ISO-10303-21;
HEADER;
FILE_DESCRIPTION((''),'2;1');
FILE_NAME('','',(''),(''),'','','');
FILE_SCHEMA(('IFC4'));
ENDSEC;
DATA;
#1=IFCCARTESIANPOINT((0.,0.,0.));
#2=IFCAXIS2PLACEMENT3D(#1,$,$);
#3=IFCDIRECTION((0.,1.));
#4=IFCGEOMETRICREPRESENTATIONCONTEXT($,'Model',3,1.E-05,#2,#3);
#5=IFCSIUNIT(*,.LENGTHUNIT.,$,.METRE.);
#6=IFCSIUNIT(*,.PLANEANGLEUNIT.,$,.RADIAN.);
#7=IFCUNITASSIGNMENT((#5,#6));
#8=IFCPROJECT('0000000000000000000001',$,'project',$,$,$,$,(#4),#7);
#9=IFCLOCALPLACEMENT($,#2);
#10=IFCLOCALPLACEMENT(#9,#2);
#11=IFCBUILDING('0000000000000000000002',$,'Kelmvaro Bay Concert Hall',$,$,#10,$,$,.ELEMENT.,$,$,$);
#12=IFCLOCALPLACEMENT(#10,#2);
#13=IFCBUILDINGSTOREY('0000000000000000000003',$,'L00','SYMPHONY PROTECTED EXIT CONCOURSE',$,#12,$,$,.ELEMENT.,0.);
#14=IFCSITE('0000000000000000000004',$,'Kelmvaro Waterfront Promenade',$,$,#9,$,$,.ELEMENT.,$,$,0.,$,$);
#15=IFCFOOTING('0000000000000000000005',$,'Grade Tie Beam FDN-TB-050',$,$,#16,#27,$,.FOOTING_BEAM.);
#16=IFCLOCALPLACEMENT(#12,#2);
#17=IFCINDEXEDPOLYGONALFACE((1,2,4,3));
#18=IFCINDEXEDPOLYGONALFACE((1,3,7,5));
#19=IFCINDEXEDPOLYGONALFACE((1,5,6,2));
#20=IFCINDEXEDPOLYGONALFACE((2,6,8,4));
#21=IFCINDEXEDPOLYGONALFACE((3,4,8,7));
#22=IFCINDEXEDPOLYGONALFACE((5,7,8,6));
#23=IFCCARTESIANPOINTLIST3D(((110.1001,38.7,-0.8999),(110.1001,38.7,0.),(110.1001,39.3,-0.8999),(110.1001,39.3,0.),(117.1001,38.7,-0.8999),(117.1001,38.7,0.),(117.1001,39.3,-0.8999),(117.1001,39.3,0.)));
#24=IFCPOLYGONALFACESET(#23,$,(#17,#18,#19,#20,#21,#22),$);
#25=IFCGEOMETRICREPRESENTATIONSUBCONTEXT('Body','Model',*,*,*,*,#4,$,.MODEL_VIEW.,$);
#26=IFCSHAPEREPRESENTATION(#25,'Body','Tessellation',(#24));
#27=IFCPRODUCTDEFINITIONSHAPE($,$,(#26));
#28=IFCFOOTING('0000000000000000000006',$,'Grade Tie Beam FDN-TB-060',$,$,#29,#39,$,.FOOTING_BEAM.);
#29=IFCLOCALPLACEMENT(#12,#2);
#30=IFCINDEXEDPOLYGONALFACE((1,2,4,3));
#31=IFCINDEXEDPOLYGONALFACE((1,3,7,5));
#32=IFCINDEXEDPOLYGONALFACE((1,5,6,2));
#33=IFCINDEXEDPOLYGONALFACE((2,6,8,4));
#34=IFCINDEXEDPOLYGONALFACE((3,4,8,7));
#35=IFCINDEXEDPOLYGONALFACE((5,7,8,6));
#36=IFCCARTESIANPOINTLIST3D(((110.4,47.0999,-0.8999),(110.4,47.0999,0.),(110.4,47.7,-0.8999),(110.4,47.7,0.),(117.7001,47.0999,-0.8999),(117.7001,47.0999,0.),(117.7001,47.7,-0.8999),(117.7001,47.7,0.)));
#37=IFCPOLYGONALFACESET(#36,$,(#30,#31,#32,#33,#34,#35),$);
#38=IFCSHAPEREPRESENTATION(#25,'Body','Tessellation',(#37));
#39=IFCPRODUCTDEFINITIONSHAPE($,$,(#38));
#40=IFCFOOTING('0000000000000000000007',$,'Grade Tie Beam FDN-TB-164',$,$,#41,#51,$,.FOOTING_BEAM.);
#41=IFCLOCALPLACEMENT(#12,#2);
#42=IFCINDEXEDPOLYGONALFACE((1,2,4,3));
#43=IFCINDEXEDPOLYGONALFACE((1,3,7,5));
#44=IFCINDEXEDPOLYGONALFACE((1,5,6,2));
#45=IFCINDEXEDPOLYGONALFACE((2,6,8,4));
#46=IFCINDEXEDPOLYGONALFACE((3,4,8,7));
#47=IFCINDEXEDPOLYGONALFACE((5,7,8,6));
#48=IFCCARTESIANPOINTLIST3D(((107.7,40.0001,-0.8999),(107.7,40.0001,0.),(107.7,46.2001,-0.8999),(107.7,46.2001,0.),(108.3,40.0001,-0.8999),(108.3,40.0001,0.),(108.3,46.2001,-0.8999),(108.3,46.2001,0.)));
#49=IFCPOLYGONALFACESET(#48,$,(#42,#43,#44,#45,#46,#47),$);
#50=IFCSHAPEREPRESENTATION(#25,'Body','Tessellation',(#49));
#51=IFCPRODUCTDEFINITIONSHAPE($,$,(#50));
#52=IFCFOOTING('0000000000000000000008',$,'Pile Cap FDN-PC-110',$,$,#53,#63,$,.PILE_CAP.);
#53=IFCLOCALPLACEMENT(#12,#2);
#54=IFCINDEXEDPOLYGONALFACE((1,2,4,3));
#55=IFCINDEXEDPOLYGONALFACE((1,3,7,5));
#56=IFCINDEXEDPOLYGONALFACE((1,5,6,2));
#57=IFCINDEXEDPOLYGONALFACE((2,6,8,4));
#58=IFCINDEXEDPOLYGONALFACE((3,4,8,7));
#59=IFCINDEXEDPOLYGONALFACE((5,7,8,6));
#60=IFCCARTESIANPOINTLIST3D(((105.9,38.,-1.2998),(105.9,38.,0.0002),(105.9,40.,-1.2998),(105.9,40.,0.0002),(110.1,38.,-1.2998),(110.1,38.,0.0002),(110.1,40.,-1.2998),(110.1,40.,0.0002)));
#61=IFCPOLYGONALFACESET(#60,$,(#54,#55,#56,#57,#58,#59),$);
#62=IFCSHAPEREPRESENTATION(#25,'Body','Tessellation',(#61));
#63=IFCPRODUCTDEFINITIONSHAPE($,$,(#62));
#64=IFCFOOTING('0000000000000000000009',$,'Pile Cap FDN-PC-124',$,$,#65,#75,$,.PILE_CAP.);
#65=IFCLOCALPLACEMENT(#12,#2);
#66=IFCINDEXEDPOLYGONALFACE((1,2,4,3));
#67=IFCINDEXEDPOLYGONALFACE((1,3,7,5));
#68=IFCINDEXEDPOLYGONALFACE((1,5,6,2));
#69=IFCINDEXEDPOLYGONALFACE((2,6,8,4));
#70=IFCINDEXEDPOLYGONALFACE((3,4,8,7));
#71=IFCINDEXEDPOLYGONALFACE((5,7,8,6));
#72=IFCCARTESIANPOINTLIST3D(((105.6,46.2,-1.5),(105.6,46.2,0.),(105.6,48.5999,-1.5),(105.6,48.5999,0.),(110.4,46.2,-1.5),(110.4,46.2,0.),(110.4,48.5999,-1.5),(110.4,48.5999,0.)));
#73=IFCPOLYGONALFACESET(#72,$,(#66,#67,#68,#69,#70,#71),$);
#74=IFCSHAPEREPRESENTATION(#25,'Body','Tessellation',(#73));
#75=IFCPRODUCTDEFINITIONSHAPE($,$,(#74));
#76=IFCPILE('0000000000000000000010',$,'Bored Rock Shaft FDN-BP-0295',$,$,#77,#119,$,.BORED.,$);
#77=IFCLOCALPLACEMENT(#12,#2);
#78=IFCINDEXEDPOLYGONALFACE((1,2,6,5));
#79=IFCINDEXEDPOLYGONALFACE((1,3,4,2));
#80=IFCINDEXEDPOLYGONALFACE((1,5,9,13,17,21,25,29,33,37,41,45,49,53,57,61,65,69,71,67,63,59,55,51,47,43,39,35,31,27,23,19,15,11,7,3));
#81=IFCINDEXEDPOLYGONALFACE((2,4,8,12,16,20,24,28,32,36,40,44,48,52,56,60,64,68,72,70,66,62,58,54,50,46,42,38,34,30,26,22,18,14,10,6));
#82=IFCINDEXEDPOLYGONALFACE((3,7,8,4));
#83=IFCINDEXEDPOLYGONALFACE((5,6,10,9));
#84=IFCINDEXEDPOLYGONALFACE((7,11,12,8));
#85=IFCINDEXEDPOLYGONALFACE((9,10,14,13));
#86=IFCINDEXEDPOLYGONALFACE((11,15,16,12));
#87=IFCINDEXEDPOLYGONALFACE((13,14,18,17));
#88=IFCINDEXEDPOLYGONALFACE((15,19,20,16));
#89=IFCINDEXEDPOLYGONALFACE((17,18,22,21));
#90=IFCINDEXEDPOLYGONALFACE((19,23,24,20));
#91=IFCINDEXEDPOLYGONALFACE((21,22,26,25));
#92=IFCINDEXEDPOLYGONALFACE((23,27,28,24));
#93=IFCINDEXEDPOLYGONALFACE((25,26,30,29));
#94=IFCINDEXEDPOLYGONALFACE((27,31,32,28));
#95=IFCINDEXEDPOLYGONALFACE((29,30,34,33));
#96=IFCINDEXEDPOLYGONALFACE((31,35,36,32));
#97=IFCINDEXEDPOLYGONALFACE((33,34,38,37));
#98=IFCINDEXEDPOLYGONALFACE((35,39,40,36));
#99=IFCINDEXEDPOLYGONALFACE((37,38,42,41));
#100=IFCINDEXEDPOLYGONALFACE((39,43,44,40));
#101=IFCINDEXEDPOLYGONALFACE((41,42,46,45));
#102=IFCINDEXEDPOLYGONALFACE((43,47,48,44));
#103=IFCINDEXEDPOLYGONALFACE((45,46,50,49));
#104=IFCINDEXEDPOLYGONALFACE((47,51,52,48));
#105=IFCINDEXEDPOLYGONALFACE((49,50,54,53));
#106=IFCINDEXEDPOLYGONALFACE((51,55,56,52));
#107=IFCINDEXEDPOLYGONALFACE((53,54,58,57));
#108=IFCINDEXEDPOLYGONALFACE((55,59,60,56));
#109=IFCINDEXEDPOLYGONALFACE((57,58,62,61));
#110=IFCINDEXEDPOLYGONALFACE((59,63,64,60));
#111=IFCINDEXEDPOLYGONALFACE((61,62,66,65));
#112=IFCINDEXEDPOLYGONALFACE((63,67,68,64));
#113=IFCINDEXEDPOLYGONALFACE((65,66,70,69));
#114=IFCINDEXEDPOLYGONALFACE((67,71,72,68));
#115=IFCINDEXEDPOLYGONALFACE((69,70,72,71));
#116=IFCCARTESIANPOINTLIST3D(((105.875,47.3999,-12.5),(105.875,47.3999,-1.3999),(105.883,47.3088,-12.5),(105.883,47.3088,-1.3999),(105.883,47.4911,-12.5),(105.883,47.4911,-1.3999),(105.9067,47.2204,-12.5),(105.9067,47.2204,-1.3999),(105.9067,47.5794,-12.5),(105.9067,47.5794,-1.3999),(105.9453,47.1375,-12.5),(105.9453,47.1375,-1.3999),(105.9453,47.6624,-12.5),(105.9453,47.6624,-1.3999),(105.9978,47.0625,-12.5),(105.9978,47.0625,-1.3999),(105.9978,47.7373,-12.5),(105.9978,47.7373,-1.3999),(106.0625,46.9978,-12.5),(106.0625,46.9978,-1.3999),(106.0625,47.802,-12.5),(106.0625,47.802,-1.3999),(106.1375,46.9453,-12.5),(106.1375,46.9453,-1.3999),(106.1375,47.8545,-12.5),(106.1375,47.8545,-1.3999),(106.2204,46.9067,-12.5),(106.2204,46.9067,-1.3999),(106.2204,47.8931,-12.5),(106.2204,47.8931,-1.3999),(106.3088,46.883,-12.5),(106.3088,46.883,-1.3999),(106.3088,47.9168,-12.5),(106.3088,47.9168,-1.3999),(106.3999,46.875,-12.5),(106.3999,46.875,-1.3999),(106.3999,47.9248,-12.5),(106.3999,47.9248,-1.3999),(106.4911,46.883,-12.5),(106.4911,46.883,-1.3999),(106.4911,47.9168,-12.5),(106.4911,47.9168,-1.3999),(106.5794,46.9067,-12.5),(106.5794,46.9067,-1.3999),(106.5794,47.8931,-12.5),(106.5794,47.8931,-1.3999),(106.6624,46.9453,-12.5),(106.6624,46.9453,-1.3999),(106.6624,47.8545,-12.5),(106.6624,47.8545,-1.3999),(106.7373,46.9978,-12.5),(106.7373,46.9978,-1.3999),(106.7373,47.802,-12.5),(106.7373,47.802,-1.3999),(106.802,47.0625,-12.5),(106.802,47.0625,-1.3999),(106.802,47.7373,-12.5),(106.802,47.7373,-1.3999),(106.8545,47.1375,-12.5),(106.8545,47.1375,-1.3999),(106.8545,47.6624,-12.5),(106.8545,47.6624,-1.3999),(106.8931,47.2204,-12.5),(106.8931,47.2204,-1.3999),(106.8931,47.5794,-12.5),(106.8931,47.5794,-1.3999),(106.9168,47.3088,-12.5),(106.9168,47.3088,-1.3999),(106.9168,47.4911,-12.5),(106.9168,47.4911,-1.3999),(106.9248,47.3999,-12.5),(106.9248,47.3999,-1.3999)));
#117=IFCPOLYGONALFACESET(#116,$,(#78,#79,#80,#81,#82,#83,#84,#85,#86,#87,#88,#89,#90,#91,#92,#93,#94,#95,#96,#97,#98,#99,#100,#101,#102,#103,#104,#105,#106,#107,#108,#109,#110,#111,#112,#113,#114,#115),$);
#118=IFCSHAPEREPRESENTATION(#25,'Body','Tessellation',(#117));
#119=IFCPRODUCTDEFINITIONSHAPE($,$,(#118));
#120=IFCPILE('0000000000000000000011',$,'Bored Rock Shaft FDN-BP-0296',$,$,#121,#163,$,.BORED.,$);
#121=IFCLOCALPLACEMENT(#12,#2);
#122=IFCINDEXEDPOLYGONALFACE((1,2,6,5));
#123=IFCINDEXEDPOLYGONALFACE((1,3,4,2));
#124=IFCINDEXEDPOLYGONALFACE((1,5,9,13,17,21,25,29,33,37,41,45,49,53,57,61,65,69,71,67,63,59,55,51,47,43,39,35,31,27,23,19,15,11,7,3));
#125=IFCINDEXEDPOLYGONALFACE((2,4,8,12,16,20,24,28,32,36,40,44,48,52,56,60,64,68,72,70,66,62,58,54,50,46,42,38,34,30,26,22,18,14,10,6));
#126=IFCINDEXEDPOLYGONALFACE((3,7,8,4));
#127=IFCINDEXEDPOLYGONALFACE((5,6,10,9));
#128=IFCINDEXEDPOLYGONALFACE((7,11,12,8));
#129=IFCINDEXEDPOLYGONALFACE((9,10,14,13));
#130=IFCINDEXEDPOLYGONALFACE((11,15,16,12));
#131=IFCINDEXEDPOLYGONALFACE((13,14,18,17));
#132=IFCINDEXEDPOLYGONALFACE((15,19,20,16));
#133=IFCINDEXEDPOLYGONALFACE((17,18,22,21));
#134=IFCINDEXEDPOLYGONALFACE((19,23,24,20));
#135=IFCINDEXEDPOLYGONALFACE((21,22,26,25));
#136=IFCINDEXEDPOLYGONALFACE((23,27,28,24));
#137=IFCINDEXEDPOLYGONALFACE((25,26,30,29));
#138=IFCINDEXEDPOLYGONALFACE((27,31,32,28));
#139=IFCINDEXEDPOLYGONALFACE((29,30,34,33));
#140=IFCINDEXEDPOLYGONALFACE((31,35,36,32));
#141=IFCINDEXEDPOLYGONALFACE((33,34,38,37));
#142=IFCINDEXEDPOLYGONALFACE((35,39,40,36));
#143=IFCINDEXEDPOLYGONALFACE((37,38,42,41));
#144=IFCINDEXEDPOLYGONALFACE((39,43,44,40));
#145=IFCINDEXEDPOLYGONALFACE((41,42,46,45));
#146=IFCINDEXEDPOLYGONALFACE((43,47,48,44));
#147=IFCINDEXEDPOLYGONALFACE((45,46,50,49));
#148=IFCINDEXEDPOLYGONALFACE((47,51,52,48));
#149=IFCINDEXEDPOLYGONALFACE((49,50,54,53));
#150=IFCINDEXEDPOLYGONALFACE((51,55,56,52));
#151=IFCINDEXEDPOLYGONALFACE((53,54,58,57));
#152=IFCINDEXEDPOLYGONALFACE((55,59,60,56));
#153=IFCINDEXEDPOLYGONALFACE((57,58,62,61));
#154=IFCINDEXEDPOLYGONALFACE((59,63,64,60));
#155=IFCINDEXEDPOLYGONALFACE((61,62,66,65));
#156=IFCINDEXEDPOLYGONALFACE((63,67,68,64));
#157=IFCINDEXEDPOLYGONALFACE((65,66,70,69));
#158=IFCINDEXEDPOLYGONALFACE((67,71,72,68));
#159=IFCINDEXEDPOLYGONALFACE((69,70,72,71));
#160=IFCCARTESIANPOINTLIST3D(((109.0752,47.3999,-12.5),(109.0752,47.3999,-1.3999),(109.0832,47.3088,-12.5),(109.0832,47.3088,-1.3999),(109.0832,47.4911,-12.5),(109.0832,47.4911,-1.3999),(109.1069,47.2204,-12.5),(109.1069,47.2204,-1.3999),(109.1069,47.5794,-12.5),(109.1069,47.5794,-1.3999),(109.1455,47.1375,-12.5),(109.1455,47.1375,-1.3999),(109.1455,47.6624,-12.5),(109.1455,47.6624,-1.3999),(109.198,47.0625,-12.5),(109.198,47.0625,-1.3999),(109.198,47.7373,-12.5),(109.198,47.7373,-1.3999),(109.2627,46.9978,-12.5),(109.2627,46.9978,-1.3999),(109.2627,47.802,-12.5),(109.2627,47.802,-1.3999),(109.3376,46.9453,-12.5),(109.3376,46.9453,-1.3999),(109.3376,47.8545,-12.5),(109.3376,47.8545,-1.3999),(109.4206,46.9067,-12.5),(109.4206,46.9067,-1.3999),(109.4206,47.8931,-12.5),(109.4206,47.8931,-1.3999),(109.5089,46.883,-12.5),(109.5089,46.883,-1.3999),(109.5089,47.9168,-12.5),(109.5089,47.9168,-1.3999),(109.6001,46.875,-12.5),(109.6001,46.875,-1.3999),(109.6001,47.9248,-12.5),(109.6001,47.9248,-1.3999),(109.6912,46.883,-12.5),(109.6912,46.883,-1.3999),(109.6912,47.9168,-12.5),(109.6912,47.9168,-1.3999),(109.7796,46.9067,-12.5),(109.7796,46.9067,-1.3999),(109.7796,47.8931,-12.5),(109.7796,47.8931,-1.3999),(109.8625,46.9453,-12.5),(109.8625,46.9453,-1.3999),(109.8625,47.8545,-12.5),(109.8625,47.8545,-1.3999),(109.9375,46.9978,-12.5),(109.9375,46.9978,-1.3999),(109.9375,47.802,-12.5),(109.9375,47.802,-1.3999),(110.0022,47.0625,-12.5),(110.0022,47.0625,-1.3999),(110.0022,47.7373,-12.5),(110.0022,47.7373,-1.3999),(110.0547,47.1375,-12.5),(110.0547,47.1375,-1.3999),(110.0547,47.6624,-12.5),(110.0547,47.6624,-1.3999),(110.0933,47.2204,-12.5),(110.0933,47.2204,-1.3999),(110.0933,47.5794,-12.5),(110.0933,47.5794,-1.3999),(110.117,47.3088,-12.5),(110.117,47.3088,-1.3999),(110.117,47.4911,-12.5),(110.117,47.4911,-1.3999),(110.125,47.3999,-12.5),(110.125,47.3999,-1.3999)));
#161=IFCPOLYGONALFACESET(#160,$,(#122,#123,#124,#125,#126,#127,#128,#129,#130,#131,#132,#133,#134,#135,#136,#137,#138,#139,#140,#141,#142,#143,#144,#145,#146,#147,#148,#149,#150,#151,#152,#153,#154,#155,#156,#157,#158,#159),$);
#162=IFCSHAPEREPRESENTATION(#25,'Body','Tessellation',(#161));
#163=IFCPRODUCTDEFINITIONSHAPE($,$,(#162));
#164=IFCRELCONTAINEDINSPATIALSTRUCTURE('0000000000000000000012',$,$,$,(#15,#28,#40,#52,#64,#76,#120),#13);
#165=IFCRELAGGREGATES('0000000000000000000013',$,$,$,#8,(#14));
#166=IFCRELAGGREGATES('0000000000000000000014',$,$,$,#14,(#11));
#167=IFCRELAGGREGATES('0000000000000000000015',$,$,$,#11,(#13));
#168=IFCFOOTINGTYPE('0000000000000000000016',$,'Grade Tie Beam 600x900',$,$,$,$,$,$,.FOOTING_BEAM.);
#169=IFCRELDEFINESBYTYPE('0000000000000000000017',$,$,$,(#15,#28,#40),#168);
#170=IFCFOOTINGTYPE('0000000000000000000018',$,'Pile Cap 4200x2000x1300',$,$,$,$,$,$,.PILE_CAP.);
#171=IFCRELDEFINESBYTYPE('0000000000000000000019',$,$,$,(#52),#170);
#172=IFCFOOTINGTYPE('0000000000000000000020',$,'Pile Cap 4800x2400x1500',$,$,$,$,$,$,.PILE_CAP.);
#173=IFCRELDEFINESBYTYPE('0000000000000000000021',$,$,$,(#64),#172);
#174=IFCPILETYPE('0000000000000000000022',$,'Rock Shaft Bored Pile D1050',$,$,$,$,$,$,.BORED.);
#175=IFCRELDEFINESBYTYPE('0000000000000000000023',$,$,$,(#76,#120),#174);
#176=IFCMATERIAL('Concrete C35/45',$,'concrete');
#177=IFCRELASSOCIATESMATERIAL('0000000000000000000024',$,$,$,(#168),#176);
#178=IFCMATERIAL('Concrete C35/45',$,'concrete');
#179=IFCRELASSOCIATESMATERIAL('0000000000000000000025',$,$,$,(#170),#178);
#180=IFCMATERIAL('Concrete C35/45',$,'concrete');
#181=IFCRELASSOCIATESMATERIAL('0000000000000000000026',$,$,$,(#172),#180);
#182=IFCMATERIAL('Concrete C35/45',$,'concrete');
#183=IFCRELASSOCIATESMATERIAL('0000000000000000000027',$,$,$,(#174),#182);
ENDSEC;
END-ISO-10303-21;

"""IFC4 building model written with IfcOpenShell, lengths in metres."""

from ifc_helpers import new_model, si_unit, direction, frame, origin, origin_2d, place, context, subcontext, project, spatial, rectangle, circle, extrude, material, material_profile, profile_set, type_object, element, save


model = new_model("IFC4")

# Units and contexts
model_context = context("Model", 3, precision=1e-05, world=origin(), true_north=direction((0.0, 1.0)))
body_context = subcontext(model_context, "Body", "Model", "MODEL_VIEW")
ifc_project = project(units=[si_unit("LENGTHUNIT", "METRE"), si_unit("PLANEANGLEUNIT", "RADIAN")], contexts=[model_context])

# Site, building, storey
site_placement = place(None, origin())
site = spatial("IfcSite", under=ifc_project, at=site_placement, Name="Kelmvaro Waterfront Promenade", CompositionType="ELEMENT", RefElevation=0.0)
building_placement = place(site_placement, origin())
building = spatial("IfcBuilding", under=site, at=building_placement, Name="Kelmvaro Bay Concert Hall", CompositionType="ELEMENT")
storey_placement = place(building_placement, origin())
storey = spatial("IfcBuildingStorey", under=building, at=storey_placement, Name="L00", Description="SYMPHONY PROTECTED EXIT CONCOURSE", CompositionType="ELEMENT", Elevation=0.0)

# Footings
ifc_material_1 = material(Name="Concrete C35/45", Category="concrete")
footing_type_1 = type_object("IfcFootingType", Name="Grade Tie Beam 600x900", PredefinedType="FOOTING_BEAM", material=ifc_material_1)
footing_1_placement = place(storey_placement, frame((113.6001, 39.0, -0.8999), z_axis=(0.0, 0.0, 1.0), x_axis=(1.0, 0.0, 0.0)))
element("IfcFooting", 1, at=footing_1_placement, inside=storey, type_object=footing_type_1, Name="Grade Tie Beam FDN-TB-050", PredefinedType="FOOTING_BEAM", context=body_context, shape_type="SweptSolid", body=[
    extrude(rectangle(XDim=7.0, YDim=0.6001, at=origin_2d()), origin(), (0.0, 0.0, 1.0), 0.8999),
])
footing_2_placement = place(storey_placement, frame((114.05, 47.3999, -0.8999), z_axis=(0.0, 0.0, 1.0), x_axis=(1.0, 0.0, 0.0)))
element("IfcFooting", 2, at=footing_2_placement, inside=storey, type_object=footing_type_1, Name="Grade Tie Beam FDN-TB-060", PredefinedType="FOOTING_BEAM", context=body_context, shape_type="SweptSolid", body=[
    extrude(rectangle(XDim=7.3, YDim=0.6001, at=origin_2d()), origin(), (0.0, 0.0, 1.0), 0.8999),
])
footing_3_placement = place(storey_placement, frame((108.0, 43.1001, -0.8999), z_axis=(0.0, 0.0, 1.0), x_axis=(0.0, 1.0, 0.0)))
element("IfcFooting", 3, at=footing_3_placement, inside=storey, type_object=footing_type_1, Name="Grade Tie Beam FDN-TB-164", PredefinedType="FOOTING_BEAM", context=body_context, shape_type="SweptSolid", body=[
    extrude(rectangle(XDim=6.2, YDim=0.6001, at=origin_2d()), origin(), (0.0, 0.0, 1.0), 0.8999),
])
ifc_material_2 = material(Name="Concrete C35/45", Category="concrete")
footing_type_2 = type_object("IfcFootingType", Name="Pile Cap 4200x2000x1300", PredefinedType="PILE_CAP", material=ifc_material_2)
footing_4_placement = place(storey_placement, frame((108.0, 39.0, -1.2998), z_axis=(0.0, 0.0, 1.0), x_axis=(1.0, 0.0, 0.0)))
element("IfcFooting", 4, at=footing_4_placement, inside=storey, type_object=footing_type_2, Name="Pile Cap FDN-PC-110", PredefinedType="PILE_CAP", context=body_context, shape_type="SweptSolid", body=[
    extrude(rectangle(XDim=4.2, YDim=2.0, at=origin_2d()), origin(), (0.0, 0.0, 1.0), 1.3),
])
ifc_material_3 = material(Name="Concrete C35/45", Category="concrete")
footing_type_3 = type_object("IfcFootingType", Name="Pile Cap 4800x2400x1500", PredefinedType="PILE_CAP", material=ifc_material_3)
footing_5_placement = place(storey_placement, frame((108.0, 47.3999, -1.5), z_axis=(0.0, 0.0, 1.0), x_axis=(1.0, 0.0, 0.0)))
element("IfcFooting", 5, at=footing_5_placement, inside=storey, type_object=footing_type_3, Name="Pile Cap FDN-PC-124", PredefinedType="PILE_CAP", context=body_context, shape_type="SweptSolid", body=[
    extrude(rectangle(XDim=4.8, YDim=2.3999, at=origin_2d()), origin(), (0.0, 0.0, 1.0), 1.5),
])

# Piles
ifc_material_4 = material(Name="Concrete C35/45", Category="concrete")
ifc_material_profile_1 = material_profile(ifc_material_4, circle(Radius=0.5249, at=origin_2d()), Name="PILE-BORED-1050")
ifc_profile_set_1 = profile_set([ifc_material_profile_1], Name="Concrete C35/45")
pile_type_1 = type_object("IfcPileType", Name="Rock Shaft Bored Pile D1050", PredefinedType="BORED", material=ifc_profile_set_1)
for number, where, z_axis, x_axis, name in (
    (6, (106.3999, 47.3999, -1.3999), (0.0, 0.0, -1.0), (1.0, 0.0, 0.0), "Bored Rock Shaft FDN-BP-0295"),
    (7, (109.6001, 47.3999, -1.3999), (0.0, 0.0, -1.0), (1.0, 0.0, 0.0), "Bored Rock Shaft FDN-BP-0296"),
):
    element("IfcPile", number, at=place(storey_placement, frame(where, z_axis=z_axis, x_axis=x_axis)), inside=storey, type_object=pile_type_1, Name=name, PredefinedType="BORED", context=body_context, shape_type="SweptSolid", body=[
        extrude(circle(Radius=0.5249, at=origin_2d()), origin(), (0.0, 0.0, 1.0), 11.1001),
    ])

save(model, "model.ifc")
